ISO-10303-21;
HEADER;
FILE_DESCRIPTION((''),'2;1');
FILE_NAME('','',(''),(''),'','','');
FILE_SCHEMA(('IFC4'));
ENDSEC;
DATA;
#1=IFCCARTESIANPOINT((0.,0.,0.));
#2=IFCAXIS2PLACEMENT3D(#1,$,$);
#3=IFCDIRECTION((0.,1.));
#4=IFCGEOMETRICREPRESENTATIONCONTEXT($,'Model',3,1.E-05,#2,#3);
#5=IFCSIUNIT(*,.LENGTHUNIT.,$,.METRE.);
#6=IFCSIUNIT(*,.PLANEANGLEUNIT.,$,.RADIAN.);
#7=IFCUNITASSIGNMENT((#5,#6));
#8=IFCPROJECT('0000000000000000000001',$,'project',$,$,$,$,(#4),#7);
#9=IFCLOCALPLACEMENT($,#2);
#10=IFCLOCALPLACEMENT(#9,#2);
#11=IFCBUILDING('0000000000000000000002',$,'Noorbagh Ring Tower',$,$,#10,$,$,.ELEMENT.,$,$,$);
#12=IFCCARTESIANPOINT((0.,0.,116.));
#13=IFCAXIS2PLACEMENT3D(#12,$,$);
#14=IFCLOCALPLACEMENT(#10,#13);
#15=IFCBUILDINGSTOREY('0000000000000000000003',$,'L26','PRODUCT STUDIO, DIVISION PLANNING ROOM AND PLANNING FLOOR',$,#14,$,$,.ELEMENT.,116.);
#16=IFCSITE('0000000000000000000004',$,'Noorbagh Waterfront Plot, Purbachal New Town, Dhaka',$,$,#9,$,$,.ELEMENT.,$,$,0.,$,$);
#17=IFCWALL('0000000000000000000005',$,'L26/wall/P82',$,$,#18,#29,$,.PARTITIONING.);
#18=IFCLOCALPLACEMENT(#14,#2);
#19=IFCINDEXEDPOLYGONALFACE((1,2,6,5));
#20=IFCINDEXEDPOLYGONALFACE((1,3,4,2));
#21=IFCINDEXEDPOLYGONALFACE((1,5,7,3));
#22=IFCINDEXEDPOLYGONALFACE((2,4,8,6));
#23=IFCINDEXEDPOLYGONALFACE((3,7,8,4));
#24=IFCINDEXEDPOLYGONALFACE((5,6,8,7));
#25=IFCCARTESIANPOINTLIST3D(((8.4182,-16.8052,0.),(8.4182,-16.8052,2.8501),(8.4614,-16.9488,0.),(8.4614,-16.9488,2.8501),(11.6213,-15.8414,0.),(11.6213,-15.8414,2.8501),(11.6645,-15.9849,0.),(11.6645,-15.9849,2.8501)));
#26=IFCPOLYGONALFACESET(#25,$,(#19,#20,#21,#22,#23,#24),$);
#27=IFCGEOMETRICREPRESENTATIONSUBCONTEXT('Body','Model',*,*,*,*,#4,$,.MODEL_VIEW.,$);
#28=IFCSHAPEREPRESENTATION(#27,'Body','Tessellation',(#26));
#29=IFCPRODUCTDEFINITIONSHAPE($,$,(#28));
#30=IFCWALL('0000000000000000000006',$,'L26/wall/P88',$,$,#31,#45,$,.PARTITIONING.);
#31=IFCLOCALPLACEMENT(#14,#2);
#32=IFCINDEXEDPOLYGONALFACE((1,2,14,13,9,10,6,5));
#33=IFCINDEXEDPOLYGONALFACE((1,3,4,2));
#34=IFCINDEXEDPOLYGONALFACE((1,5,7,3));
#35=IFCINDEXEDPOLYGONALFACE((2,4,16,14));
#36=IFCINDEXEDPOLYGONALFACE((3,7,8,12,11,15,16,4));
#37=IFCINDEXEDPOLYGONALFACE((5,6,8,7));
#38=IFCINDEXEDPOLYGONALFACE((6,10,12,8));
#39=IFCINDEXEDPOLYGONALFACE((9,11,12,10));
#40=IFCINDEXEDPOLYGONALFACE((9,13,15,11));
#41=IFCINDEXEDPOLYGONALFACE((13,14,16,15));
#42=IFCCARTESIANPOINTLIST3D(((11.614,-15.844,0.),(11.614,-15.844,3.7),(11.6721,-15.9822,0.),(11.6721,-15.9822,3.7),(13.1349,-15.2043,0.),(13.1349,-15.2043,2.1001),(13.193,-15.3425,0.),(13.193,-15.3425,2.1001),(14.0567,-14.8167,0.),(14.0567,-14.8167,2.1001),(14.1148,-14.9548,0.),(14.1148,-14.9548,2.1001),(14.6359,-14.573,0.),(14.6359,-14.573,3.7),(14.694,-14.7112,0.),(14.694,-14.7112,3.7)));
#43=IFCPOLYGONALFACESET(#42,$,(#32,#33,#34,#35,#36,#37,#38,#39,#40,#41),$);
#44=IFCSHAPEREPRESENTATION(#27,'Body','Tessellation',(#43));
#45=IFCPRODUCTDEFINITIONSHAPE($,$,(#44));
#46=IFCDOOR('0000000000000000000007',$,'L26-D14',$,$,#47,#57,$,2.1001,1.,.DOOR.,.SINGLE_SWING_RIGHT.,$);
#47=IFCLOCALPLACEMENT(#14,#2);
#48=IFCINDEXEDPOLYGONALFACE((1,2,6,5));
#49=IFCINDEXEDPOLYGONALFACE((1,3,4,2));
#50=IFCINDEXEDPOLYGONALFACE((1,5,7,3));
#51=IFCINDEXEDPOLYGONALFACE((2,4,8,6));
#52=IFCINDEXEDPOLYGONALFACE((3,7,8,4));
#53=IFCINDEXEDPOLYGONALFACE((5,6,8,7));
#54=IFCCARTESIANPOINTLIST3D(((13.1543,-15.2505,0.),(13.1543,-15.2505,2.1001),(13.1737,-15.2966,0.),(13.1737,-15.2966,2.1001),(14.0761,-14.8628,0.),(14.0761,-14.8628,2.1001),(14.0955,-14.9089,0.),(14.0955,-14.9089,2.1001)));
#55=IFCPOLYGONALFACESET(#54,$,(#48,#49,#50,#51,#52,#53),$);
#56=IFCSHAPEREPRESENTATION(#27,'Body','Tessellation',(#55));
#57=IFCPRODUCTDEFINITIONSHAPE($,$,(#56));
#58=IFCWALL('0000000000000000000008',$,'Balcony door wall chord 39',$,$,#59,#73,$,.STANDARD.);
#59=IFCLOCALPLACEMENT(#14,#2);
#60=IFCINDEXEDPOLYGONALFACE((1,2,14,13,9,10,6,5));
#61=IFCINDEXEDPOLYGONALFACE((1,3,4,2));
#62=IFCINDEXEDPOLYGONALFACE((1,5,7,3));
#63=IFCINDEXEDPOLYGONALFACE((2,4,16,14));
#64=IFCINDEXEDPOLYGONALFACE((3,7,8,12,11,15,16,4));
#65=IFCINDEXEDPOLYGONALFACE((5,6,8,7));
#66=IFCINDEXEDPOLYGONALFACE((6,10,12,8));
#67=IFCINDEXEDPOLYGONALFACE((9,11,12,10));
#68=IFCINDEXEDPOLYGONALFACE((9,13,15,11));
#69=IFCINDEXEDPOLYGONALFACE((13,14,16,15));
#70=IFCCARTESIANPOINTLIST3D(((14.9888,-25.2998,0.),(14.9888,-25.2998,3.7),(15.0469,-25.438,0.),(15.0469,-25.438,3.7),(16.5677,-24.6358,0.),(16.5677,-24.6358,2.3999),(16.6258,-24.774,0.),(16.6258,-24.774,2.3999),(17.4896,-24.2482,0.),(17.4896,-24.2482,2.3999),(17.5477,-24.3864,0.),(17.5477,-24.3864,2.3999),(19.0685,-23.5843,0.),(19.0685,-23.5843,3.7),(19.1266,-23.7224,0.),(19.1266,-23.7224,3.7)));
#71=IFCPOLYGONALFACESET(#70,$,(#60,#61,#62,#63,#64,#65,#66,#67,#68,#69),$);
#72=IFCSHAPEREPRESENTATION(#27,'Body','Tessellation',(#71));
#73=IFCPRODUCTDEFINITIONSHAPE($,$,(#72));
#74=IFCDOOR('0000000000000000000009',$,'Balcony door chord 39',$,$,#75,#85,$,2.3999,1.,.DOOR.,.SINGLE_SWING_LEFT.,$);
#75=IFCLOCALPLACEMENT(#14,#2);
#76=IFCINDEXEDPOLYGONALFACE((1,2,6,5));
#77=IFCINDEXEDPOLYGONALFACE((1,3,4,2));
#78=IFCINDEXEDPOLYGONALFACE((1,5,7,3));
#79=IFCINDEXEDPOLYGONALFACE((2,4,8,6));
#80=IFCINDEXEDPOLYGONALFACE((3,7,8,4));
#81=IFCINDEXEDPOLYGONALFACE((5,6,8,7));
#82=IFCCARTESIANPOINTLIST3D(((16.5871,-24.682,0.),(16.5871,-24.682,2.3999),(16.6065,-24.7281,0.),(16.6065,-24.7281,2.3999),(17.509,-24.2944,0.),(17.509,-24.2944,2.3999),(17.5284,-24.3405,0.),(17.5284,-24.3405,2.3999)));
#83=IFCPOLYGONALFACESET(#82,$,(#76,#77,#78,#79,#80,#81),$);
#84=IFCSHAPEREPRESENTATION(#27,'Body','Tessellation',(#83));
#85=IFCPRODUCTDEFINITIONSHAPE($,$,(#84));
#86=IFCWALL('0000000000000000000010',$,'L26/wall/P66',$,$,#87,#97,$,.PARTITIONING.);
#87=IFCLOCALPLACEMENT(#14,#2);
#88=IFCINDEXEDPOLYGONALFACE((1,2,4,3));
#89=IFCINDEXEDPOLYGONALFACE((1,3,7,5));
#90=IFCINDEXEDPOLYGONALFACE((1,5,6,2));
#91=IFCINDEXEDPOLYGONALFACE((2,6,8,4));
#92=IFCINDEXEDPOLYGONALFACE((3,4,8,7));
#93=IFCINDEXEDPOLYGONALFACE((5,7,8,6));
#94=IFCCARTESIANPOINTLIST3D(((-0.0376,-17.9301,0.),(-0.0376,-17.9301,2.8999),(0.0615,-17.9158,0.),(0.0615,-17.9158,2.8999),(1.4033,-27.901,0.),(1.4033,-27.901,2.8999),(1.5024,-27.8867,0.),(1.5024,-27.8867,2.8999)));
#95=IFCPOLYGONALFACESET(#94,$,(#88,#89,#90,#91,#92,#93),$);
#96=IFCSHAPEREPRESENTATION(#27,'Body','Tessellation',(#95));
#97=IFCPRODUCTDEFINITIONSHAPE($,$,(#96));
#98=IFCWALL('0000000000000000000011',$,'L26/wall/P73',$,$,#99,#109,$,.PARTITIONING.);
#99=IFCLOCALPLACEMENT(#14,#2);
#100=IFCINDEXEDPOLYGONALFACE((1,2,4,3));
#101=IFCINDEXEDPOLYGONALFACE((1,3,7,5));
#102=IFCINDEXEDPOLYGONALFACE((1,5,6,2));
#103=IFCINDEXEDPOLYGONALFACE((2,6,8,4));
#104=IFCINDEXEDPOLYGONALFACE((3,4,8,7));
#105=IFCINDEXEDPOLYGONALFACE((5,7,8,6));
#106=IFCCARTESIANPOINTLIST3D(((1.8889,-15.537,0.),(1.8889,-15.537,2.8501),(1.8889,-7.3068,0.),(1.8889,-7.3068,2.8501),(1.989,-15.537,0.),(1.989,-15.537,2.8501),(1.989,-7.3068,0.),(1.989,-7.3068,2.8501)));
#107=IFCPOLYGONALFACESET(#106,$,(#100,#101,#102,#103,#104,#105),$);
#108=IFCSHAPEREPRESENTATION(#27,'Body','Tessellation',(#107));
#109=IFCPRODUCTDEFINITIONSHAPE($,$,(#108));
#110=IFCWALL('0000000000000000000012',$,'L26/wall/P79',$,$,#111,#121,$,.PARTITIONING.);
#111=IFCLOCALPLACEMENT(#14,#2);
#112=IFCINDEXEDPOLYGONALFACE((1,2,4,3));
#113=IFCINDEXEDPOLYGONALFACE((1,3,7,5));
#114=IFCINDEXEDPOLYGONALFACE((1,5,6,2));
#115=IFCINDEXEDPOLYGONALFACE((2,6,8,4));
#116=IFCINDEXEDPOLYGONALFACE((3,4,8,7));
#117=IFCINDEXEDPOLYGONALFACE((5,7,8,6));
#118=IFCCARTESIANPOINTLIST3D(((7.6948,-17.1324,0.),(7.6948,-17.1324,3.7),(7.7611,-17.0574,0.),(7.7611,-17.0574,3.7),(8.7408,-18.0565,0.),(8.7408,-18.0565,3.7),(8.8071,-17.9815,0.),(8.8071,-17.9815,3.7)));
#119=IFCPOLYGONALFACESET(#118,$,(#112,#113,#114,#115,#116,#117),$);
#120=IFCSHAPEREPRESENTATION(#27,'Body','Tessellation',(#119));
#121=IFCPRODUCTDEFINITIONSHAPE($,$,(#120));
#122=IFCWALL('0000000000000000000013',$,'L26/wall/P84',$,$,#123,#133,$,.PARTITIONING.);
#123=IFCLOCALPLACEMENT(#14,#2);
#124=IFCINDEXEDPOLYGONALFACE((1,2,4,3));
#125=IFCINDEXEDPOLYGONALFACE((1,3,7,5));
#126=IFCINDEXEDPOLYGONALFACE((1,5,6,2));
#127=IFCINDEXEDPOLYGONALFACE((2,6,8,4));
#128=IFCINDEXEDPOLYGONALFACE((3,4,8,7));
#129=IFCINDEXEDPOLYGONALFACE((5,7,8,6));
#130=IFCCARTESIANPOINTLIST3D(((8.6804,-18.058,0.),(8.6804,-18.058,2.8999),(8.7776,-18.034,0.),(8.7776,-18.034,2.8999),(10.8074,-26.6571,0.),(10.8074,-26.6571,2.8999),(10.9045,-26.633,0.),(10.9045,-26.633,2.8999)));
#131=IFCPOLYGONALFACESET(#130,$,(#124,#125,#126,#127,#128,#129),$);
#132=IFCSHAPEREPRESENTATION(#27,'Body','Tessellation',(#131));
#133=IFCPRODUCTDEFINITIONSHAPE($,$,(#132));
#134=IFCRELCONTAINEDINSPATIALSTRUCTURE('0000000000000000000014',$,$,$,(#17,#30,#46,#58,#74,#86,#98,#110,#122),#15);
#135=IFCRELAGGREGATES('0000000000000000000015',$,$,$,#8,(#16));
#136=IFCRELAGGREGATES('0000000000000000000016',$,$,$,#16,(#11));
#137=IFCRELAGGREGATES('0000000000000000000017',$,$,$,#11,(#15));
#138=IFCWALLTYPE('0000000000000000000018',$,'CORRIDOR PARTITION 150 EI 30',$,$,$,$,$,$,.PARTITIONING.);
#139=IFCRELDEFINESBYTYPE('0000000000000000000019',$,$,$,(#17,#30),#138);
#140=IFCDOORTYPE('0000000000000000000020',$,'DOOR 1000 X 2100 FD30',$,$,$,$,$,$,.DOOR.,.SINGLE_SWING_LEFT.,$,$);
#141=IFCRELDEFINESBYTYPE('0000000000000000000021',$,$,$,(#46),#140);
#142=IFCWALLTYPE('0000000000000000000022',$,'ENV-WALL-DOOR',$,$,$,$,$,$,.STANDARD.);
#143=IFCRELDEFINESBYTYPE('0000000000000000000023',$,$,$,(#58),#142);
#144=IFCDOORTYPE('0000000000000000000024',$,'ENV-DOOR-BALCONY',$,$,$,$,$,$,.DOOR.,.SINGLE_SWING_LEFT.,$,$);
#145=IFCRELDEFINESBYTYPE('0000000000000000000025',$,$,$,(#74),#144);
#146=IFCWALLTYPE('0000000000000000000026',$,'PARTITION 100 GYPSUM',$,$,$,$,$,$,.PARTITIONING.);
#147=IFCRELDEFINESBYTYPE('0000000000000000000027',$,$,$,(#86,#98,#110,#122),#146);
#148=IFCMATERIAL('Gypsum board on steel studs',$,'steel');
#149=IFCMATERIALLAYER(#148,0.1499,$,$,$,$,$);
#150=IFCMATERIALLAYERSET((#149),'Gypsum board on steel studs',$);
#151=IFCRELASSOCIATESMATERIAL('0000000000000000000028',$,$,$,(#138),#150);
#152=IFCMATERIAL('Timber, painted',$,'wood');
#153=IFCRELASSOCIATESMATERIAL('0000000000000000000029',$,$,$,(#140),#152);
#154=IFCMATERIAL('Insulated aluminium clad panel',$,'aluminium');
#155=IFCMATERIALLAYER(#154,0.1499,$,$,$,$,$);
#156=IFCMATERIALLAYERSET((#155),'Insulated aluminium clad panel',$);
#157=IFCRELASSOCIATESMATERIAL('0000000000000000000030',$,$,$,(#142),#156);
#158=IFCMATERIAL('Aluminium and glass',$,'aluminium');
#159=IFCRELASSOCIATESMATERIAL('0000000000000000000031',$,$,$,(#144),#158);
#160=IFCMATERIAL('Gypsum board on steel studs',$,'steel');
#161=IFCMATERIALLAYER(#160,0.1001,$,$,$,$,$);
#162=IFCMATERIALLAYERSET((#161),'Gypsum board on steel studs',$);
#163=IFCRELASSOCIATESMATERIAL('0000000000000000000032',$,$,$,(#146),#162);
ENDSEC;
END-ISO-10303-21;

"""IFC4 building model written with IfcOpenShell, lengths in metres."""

from ifc_helpers import new_model, si_unit, direction, frame, frame_2d, origin, place, context, subcontext, project, spatial, rectangle, extrude, material, layer, layer_set, type_object, element, fill, save


model = new_model("IFC4")

# Units and contexts
model_context = context("Model", 3, precision=1e-05, world=origin(), true_north=direction((0.0, 1.0)))
body_context = subcontext(model_context, "Body", "Model", "MODEL_VIEW")
ifc_project = project(units=[si_unit("LENGTHUNIT", "METRE"), si_unit("PLANEANGLEUNIT", "RADIAN")], contexts=[model_context])

# Site, building, storey
site_placement = place(None, origin())
site = spatial("IfcSite", under=ifc_project, at=site_placement, Name="Noorbagh Waterfront Plot, Purbachal New Town, Dhaka", CompositionType="ELEMENT", RefElevation=0.0)
building_placement = place(site_placement, origin())
building = spatial("IfcBuilding", under=site, at=building_placement, Name="Noorbagh Ring Tower", CompositionType="ELEMENT")
storey_placement = place(building_placement, frame((0.0, 0.0, 116.0)))
storey = spatial("IfcBuildingStorey", under=building, at=storey_placement, Name="L26", Description="PRODUCT STUDIO, DIVISION PLANNING ROOM AND PLANNING FLOOR", CompositionType="ELEMENT", Elevation=116.0)

# Shared definitions
ifc_material_1 = material(Name="Gypsum board on steel studs", Category="steel")
ifc_layer_1 = layer(ifc_material_1, 0.1499)
ifc_layer_set_1 = layer_set([ifc_layer_1], Name="Gypsum board on steel studs")
wall_type_1 = type_object("IfcWallType", Name="CORRIDOR PARTITION 150 EI 30", PredefinedType="PARTITIONING", material=ifc_layer_set_1)

# Shared definitions
ifc_material_2 = material(Name="Timber, painted", Category="wood")
door_type_1 = type_object("IfcDoorType", Name="DOOR 1000 X 2100 FD30", OperationType="SINGLE_SWING_LEFT", PredefinedType="DOOR", material=ifc_material_2)

# Wall
wall_1_placement = place(storey_placement, frame((8.4399, -16.877, 0.0), z_axis=(0.0, 0.0, 1.0), x_axis=(0.957585, 0.288151, 0.0)))
element("IfcWall", 1, at=wall_1_placement, inside=storey, type_object=wall_type_1, Name="L26/wall/P82", PredefinedType="PARTITIONING", context=body_context, shape_type="SweptSolid", body=[
    extrude(rectangle(XDim=3.345, YDim=0.1499, at=frame_2d((1.6724, 0.0))), origin(), (0.0, 0.0, 1.0), 2.8501),
])

# Walls, openings, doors
wall_2_placement = place(storey_placement, frame((11.6431, -15.9131, 0.0), z_axis=(0.0, 0.0, 1.0), x_axis=(0.921789, 0.387691, 0.0)))
wall_2 = element("IfcWall", 2, at=wall_2_placement, inside=storey, type_object=wall_type_1, Name="L26/wall/P88", PredefinedType="PARTITIONING", context=body_context, shape_type="SweptSolid", body=[
    extrude(rectangle(XDim=3.2783, YDim=0.1499, at=frame_2d((1.6392, 0.0))), origin(), (0.0, 0.0, 1.0), 3.7),
])
opening_1_placement = place(wall_2_placement, frame((1.6499, 0.0, 0.0)))
opening_1 = element("IfcOpeningElement", 3, at=opening_1_placement, cuts=wall_2, PredefinedType="OPENING", context=body_context, shape_type="SweptSolid", body=[
    extrude(rectangle(XDim=1.0, YDim=2.1001, at=frame_2d((0.5, 1.05))), frame((0.0, 0.085, 0.0), z_axis=(0.0, -1.0, 0.0), x_axis=(1.0, 0.0, 0.0)), (0.0, 0.0, 1.0), 0.1699),
])
door_1_placement = place(opening_1_placement, origin())
door_1 = element("IfcDoor", 4, at=door_1_placement, inside=storey, type_object=door_type_1, Name="L26-D14", OperationType="SINGLE_SWING_RIGHT", OverallHeight=2.1001, OverallWidth=1.0, PredefinedType="DOOR", context=body_context, shape_type="SweptSolid", body=[
    extrude(rectangle(XDim=1.0, YDim=2.1001, at=frame_2d((0.5, 1.05))), frame((0.0, 0.0249, 0.0), z_axis=(0.0, -1.0, 0.0), x_axis=(1.0, 0.0, 0.0)), (0.0, 0.0, 1.0), 0.05),
])
fill(opening_1, door_1)
ifc_material_3 = material(Name="Insulated aluminium clad panel", Category="aluminium")
ifc_layer_2 = layer(ifc_material_3, 0.1499)
ifc_layer_set_2 = layer_set([ifc_layer_2], Name="Insulated aluminium clad panel")
wall_type_2 = type_object("IfcWallType", Name="ENV-WALL-DOOR", PredefinedType="STANDARD", material=ifc_layer_set_2)
wall_3_placement = place(storey_placement, frame((15.0178, -25.3689, 0.0), z_axis=(0.0, 0.0, 1.0), x_axis=(0.921817, 0.387625, 0.0)))
wall_3 = element("IfcWall", 5, at=wall_3_placement, inside=storey, type_object=wall_type_2, Name="Balcony door wall chord 39", PredefinedType="STANDARD", context=body_context, shape_type="SweptSolid", body=[
    extrude(rectangle(XDim=4.4258, YDim=0.1499, at=frame_2d((2.2129, 0.0))), origin(), (0.0, 0.0, 1.0), 3.7),
])
opening_2_placement = place(wall_3_placement, frame((1.7129, 0.0, 0.0)))
opening_2 = element("IfcOpeningElement", 6, at=opening_2_placement, cuts=wall_3, PredefinedType="OPENING", context=body_context, shape_type="SweptSolid", body=[
    extrude(rectangle(XDim=1.0, YDim=2.3999, at=frame_2d((0.5, 1.2))), frame((0.0, 0.085, 0.0), z_axis=(0.0, -1.0, 0.0), x_axis=(1.0, 0.0, 0.0)), (0.0, 0.0, 1.0), 0.1699),
])
ifc_material_4 = material(Name="Aluminium and glass", Category="aluminium")
door_type_2 = type_object("IfcDoorType", Name="ENV-DOOR-BALCONY", OperationType="SINGLE_SWING_LEFT", PredefinedType="DOOR", material=ifc_material_4)
door_2_placement = place(opening_2_placement, origin())
door_2 = element("IfcDoor", 7, at=door_2_placement, inside=storey, type_object=door_type_2, Name="Balcony door chord 39", OperationType="SINGLE_SWING_LEFT", OverallHeight=2.3999, OverallWidth=1.0, PredefinedType="DOOR", context=body_context, shape_type="SweptSolid", body=[
    extrude(rectangle(XDim=1.0, YDim=2.3999, at=frame_2d((0.5, 1.2))), frame((0.0, 0.0249, 0.0), z_axis=(0.0, -1.0, 0.0), x_axis=(1.0, 0.0, 0.0)), (0.0, 0.0, 1.0), 0.05),
])
fill(opening_2, door_2)

# Walls
ifc_material_5 = material(Name="Gypsum board on steel studs", Category="steel")
ifc_layer_3 = layer(ifc_material_5, 0.1001)
ifc_layer_set_3 = layer_set([ifc_layer_3], Name="Gypsum board on steel studs")
wall_type_3 = type_object("IfcWallType", Name="PARTITION 100 GYPSUM", PredefinedType="PARTITIONING", material=ifc_layer_set_3)
wall_4_placement = place(storey_placement, frame((0.012, -17.9231, 0.0), z_axis=(0.0, 0.0, 1.0), x_axis=(0.143026, -0.989719, 0.0)))
element("IfcWall", 8, at=wall_4_placement, inside=storey, type_object=wall_type_3, Name="L26/wall/P66", PredefinedType="PARTITIONING", context=body_context, shape_type="SweptSolid", body=[
    extrude(rectangle(XDim=10.0745, YDim=0.1001, at=frame_2d((5.0371, 0.0))), origin(), (0.0, 0.0, 1.0), 2.8999),
])
wall_5_placement = place(storey_placement, frame((1.939, -15.5371, 0.0), z_axis=(0.0, 0.0, 1.0), x_axis=(0.0, 1.0, 0.0)))
element("IfcWall", 9, at=wall_5_placement, inside=storey, type_object=wall_type_3, Name="L26/wall/P73", PredefinedType="PARTITIONING", context=body_context, shape_type="SweptSolid", body=[
    extrude(rectangle(XDim=8.2302, YDim=0.1001, at=frame_2d((4.1152, 0.0))), origin(), (0.0, 0.0, 1.0), 2.8501),
])
wall_6_placement = place(storey_placement, frame((7.728, -17.095, 0.0), z_axis=(0.0, 0.0, 1.0), x_axis=(0.749404, -0.662113, 0.0)))
element("IfcWall", 10, at=wall_6_placement, inside=storey, type_object=wall_type_3, Name="L26/wall/P79", PredefinedType="PARTITIONING", context=body_context, shape_type="SweptSolid", body=[
    extrude(rectangle(XDim=1.3958, YDim=0.1001, at=frame_2d((0.6978, 0.0))), origin(), (0.0, 0.0, 1.0), 3.7),
])
wall_7_placement = place(storey_placement, frame((8.729, -18.0459, 0.0), z_axis=(0.0, 0.0, 1.0), x_axis=(0.24011, -0.970746, 0.0)))
element("IfcWall", 11, at=wall_7_placement, inside=storey, type_object=wall_type_3, Name="L26/wall/P84", PredefinedType="PARTITIONING", context=body_context, shape_type="SweptSolid", body=[
    extrude(rectangle(XDim=8.8582, YDim=0.1001, at=frame_2d((4.4292, 0.0))), origin(), (0.0, 0.0, 1.0), 2.8999),
])

save(model, "model.ifc")
